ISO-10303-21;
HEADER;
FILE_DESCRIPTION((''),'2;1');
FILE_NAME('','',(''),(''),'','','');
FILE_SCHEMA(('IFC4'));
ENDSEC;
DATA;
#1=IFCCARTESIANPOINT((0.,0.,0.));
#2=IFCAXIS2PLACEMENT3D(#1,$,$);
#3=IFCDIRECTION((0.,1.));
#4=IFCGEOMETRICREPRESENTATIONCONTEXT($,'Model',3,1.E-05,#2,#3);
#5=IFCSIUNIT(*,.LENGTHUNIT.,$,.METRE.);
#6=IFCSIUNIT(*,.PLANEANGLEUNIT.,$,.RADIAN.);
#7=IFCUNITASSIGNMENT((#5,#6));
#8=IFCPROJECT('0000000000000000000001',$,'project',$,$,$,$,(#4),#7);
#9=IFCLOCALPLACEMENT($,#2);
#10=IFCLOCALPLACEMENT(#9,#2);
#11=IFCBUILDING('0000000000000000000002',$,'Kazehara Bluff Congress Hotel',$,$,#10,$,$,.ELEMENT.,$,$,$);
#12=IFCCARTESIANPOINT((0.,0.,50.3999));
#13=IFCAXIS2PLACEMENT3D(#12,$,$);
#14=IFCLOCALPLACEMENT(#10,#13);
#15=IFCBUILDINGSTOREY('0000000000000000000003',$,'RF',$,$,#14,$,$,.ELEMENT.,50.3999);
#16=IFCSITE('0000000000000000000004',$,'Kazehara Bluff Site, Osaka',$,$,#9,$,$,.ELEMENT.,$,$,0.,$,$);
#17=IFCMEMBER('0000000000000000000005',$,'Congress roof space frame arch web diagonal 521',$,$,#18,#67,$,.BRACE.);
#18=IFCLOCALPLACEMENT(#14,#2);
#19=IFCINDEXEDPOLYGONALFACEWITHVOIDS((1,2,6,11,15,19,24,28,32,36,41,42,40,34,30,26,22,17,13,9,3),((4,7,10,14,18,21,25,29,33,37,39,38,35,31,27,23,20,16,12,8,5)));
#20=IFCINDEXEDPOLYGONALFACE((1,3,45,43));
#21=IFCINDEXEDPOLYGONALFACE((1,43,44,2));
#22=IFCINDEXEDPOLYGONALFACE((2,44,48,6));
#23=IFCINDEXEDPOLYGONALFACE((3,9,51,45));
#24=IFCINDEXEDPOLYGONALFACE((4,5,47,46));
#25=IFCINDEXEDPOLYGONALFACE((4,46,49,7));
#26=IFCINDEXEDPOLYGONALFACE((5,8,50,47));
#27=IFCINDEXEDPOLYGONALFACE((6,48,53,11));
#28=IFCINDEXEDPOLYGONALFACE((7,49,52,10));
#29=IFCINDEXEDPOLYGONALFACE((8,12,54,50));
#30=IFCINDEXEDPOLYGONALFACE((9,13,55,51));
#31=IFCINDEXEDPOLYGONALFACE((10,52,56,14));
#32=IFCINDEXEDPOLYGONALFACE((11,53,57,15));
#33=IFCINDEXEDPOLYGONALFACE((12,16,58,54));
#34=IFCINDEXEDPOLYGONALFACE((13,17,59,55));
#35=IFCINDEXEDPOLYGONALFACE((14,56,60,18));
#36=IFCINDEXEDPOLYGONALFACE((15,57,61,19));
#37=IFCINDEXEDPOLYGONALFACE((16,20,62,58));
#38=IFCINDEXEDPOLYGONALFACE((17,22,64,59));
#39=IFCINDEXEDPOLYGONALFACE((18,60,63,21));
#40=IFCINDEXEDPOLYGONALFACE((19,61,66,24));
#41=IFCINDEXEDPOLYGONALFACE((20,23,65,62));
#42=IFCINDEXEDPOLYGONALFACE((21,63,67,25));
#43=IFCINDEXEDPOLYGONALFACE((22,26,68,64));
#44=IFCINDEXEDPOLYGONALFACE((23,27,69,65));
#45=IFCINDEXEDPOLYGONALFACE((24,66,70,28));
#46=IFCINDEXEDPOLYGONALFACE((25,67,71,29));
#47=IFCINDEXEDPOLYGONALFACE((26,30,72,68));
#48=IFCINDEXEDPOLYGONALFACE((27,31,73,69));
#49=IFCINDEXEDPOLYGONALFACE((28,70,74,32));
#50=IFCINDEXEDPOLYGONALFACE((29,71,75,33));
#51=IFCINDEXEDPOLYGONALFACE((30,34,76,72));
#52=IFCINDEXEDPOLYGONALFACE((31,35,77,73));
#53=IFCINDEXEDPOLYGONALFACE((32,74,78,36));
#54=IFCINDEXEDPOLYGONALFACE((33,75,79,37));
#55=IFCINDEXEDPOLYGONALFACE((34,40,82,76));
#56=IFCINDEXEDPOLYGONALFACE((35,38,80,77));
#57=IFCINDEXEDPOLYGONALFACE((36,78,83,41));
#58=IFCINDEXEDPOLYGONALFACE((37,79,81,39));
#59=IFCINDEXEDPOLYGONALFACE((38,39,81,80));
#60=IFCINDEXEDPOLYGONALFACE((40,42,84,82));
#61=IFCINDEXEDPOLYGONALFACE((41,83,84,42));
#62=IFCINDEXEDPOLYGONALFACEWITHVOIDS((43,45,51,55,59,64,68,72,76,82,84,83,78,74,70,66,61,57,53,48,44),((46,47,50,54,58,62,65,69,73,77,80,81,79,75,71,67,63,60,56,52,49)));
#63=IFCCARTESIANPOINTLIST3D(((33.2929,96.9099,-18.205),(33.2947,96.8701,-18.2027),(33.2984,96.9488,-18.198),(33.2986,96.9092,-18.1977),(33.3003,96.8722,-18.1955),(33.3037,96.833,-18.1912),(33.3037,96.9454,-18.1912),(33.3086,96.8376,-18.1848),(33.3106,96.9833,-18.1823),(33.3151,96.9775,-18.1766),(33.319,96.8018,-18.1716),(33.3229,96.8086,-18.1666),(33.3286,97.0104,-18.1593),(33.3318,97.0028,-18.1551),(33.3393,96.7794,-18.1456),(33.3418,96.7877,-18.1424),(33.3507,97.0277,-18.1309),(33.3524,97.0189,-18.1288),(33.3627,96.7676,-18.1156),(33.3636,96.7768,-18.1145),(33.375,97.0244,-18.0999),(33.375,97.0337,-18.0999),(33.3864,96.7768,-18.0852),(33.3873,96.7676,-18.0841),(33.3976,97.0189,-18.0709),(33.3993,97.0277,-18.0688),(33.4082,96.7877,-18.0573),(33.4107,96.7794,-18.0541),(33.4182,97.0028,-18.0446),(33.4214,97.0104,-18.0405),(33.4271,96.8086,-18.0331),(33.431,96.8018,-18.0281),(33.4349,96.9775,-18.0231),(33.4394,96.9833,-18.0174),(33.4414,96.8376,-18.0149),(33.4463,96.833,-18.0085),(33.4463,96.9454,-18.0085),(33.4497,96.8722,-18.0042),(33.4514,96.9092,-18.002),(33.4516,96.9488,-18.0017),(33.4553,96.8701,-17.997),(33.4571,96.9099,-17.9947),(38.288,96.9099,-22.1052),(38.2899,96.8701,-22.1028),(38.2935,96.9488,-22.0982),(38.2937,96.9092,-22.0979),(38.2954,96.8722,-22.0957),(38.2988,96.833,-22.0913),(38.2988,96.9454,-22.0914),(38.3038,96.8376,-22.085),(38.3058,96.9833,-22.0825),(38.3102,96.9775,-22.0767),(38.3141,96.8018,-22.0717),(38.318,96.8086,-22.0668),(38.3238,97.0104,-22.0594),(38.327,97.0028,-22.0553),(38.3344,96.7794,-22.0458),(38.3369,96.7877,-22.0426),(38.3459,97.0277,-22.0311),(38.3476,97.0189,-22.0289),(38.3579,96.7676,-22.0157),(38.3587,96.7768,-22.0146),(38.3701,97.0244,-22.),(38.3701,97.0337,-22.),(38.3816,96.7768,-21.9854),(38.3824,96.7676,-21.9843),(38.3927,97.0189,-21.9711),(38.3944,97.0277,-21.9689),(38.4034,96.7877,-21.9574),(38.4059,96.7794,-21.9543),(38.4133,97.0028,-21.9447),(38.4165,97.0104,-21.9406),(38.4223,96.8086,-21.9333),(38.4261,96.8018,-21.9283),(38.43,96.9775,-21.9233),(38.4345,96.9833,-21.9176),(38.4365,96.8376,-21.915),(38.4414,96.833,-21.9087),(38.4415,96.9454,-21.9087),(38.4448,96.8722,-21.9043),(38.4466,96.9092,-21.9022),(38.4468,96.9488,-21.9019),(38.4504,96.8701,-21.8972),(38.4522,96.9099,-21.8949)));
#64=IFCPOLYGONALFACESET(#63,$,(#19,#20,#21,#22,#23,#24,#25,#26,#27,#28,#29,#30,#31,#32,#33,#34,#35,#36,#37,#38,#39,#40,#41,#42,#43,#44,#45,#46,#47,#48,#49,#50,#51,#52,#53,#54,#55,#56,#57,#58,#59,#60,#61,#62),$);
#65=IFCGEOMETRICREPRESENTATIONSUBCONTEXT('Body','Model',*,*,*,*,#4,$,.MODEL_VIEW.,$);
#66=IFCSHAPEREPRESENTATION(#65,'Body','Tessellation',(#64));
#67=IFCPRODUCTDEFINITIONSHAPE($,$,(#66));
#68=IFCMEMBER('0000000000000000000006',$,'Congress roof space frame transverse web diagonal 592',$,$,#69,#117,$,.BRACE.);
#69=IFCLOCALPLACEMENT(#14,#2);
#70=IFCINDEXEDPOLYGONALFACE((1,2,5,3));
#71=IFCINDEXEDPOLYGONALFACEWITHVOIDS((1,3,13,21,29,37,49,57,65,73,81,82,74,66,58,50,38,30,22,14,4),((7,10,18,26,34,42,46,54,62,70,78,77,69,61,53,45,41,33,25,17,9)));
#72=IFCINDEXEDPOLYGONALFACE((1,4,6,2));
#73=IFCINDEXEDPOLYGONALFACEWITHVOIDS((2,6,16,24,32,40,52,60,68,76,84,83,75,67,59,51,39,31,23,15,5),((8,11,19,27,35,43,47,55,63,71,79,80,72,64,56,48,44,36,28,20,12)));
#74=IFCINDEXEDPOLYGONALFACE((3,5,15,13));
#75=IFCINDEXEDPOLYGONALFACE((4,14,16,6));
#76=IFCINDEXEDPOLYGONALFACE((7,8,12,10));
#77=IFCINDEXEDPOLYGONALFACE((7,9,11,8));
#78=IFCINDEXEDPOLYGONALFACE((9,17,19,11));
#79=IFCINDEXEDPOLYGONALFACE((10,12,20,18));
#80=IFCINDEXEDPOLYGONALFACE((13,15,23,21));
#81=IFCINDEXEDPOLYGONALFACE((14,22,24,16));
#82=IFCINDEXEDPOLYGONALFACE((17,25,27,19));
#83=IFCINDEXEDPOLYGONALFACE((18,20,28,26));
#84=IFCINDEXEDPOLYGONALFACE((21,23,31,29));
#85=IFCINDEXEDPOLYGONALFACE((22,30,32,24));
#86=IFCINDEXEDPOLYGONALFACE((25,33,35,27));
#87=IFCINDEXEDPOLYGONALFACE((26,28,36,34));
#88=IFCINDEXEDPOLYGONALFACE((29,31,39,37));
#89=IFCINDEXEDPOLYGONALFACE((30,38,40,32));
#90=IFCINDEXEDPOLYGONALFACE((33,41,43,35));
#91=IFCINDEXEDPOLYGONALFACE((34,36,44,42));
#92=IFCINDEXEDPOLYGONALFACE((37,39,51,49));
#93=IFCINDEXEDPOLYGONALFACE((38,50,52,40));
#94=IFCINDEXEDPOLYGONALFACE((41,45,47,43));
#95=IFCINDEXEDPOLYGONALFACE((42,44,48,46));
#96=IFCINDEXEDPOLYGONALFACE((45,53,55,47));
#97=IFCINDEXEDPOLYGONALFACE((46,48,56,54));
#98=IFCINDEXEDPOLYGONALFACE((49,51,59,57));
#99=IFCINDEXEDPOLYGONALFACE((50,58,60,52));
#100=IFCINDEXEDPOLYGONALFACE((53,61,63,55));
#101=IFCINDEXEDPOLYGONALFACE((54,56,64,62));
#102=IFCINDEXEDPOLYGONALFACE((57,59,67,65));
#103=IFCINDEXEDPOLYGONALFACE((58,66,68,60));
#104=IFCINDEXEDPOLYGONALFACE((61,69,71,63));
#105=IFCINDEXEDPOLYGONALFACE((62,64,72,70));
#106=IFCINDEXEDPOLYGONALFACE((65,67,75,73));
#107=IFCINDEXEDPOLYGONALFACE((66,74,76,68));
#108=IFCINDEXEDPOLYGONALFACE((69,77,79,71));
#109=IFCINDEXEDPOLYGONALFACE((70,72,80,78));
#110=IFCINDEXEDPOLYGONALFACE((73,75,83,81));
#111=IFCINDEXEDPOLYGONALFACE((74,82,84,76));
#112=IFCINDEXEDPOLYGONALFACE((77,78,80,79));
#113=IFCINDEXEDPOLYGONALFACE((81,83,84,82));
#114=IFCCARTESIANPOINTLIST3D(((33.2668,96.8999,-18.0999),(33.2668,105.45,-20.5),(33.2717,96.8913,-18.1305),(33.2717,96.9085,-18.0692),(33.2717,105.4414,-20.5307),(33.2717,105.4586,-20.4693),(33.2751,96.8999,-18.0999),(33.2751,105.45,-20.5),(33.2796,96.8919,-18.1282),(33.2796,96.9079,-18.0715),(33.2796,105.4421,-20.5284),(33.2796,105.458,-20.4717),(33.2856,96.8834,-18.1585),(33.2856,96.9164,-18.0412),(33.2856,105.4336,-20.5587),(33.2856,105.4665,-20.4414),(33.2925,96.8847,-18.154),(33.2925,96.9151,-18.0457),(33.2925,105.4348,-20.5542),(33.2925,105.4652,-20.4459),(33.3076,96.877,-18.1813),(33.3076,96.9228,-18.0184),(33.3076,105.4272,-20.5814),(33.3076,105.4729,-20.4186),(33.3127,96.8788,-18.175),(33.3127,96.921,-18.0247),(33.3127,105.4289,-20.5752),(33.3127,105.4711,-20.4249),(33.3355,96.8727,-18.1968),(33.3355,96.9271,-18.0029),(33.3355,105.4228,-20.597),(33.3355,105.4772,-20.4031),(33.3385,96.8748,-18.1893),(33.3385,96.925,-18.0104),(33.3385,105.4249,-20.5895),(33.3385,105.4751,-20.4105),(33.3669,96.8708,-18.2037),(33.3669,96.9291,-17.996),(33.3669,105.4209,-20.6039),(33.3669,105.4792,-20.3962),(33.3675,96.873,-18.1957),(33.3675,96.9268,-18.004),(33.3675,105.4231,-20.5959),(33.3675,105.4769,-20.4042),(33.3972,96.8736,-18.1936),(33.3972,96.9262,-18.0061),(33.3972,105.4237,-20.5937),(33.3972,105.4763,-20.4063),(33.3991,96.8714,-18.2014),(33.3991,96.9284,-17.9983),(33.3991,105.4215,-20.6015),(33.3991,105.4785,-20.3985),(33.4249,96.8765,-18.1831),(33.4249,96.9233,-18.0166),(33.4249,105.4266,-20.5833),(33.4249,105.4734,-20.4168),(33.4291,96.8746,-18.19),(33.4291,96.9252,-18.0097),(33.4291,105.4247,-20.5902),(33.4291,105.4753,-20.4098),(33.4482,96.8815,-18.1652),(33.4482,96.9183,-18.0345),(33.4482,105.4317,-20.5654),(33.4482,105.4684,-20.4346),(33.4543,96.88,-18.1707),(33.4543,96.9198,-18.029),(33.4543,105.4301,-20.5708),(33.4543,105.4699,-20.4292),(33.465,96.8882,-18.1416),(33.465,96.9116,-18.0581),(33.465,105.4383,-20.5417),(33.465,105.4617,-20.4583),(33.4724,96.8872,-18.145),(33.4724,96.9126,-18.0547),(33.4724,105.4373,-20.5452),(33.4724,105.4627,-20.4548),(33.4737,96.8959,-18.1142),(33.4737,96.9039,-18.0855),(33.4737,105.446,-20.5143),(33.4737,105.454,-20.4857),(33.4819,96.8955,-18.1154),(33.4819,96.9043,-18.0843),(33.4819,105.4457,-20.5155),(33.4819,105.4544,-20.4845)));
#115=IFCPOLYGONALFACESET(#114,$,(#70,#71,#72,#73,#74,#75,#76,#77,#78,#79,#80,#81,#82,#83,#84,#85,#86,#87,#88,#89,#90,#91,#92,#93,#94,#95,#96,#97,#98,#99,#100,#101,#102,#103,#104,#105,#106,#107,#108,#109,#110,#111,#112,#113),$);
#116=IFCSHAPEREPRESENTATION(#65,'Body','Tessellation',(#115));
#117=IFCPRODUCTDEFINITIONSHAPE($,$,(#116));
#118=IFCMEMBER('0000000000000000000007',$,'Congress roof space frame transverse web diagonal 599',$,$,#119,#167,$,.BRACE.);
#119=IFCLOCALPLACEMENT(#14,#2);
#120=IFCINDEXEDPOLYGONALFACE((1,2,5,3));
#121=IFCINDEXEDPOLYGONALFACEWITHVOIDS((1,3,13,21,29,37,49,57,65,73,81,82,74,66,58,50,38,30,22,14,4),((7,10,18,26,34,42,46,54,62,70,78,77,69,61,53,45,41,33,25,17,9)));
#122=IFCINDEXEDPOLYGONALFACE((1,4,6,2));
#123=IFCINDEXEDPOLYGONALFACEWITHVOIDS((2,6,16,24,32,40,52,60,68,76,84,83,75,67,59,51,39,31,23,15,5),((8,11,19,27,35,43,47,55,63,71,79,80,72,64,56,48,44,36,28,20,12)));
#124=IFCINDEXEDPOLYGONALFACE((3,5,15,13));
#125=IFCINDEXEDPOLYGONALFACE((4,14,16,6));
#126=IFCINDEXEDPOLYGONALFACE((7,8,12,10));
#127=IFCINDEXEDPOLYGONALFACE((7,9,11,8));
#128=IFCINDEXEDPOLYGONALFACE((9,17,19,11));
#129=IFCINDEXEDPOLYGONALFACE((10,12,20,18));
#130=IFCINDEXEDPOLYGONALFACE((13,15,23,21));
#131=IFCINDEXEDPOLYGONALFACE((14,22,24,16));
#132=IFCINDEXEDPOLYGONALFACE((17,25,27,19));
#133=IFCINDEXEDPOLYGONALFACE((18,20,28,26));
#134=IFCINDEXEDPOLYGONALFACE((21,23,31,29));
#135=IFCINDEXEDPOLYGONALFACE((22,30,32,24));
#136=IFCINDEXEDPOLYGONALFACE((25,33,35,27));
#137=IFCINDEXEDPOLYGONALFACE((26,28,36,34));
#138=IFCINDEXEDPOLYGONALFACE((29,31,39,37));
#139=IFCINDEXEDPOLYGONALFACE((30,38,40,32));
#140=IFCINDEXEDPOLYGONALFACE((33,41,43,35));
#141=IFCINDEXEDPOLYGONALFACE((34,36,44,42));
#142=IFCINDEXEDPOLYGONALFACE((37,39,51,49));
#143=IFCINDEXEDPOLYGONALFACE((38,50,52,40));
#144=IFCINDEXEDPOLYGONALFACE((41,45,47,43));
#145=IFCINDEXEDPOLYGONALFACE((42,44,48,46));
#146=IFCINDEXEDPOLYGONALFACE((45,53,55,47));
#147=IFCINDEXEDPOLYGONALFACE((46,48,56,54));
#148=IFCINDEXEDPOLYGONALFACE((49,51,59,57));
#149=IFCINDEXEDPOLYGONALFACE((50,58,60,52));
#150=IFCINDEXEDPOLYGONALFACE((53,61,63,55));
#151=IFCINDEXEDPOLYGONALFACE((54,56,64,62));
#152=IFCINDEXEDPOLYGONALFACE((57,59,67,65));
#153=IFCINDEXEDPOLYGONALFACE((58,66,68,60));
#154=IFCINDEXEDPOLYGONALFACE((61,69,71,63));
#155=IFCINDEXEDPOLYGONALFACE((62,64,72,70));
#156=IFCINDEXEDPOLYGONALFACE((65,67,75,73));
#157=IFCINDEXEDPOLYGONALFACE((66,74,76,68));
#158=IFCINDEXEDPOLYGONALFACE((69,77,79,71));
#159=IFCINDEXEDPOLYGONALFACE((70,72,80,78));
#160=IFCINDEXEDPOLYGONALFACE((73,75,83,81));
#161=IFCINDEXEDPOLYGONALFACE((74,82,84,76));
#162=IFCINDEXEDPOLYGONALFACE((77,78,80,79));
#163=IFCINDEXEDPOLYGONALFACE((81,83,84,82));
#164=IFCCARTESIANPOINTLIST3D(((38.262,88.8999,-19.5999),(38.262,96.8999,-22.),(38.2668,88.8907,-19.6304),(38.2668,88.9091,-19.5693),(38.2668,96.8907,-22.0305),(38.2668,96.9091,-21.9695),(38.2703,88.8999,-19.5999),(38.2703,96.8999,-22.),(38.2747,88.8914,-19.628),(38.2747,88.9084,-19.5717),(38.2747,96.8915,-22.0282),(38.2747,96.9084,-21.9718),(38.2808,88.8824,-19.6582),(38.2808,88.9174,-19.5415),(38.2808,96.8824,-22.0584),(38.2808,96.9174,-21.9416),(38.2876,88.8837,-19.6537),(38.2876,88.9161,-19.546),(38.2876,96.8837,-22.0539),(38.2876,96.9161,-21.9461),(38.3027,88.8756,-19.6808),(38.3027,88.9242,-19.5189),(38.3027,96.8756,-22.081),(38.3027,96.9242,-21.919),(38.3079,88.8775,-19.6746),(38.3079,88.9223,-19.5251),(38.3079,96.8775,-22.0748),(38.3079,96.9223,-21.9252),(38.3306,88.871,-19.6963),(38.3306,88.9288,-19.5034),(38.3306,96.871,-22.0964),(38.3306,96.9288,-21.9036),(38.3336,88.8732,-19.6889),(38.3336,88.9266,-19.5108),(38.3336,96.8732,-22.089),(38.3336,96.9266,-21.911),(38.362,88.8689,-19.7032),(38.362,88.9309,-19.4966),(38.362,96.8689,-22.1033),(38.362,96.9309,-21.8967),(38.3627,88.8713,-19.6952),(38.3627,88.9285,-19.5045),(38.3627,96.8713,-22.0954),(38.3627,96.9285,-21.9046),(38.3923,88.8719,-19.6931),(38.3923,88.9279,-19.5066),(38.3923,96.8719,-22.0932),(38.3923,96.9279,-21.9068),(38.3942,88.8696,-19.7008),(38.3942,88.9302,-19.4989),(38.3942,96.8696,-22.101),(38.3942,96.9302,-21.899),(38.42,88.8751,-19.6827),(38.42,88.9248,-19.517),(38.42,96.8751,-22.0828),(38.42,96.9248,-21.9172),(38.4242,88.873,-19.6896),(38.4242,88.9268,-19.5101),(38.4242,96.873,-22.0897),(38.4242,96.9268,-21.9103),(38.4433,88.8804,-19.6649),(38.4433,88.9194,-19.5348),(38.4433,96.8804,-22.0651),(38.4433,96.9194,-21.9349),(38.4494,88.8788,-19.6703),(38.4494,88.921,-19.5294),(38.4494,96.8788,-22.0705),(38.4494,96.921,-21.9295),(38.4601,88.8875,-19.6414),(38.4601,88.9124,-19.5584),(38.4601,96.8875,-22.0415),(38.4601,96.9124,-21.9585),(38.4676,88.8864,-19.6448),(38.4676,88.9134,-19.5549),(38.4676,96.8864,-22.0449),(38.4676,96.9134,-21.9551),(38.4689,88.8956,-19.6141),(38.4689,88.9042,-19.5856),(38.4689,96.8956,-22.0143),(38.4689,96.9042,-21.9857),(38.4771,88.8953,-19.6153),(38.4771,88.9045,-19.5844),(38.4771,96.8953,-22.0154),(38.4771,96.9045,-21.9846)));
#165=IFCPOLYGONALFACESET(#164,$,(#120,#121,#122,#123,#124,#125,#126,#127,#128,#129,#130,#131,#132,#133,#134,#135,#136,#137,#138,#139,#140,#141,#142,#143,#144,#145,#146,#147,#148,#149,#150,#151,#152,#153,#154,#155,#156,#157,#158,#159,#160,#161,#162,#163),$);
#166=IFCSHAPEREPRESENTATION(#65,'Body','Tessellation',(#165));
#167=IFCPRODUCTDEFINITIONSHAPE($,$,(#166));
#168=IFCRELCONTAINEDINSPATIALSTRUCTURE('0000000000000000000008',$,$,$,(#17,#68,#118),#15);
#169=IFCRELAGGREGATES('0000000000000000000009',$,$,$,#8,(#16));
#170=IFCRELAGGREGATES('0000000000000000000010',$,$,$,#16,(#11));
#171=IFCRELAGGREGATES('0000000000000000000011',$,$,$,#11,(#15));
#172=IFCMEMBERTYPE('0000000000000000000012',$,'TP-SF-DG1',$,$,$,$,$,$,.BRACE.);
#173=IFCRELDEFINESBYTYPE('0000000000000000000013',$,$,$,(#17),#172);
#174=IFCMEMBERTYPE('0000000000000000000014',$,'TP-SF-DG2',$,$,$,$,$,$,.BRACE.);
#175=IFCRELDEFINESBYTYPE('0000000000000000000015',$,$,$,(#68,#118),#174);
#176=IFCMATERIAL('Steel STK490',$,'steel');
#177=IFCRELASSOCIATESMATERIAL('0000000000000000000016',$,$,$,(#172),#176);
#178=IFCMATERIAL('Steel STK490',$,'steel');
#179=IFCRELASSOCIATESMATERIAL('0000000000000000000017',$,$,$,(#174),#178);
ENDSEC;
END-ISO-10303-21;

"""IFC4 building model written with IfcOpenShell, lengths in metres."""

from ifc_helpers import new_model, si_unit, direction, frame, origin, origin_2d, place, context, subcontext, project, spatial, hollow_circle, extrude, material, material_profile, profile_set, type_object, element, save


model = new_model("IFC4")

# Units and contexts
model_context = context("Model", 3, precision=1e-05, world=origin(), true_north=direction((0.0, 1.0)))
body_context = subcontext(model_context, "Body", "Model", "MODEL_VIEW")
ifc_project = project(units=[si_unit("LENGTHUNIT", "METRE"), si_unit("PLANEANGLEUNIT", "RADIAN")], contexts=[model_context])

# Site, building, storey
site_placement = place(None, origin())
site = spatial("IfcSite", under=ifc_project, at=site_placement, Name="Kazehara Bluff Site, Osaka", CompositionType="ELEMENT", RefElevation=0.0)
building_placement = place(site_placement, origin())
building = spatial("IfcBuilding", under=site, at=building_placement, Name="Kazehara Bluff Congress Hotel", CompositionType="ELEMENT")
storey_placement = place(building_placement, frame((0.0, 0.0, 50.3999)))
storey = spatial("IfcBuildingStorey", under=building, at=storey_placement, Name="RF", CompositionType="ELEMENT", Elevation=50.3999)

# Members
ifc_material_1 = material(Name="Steel STK490", Category="steel")
ifc_material_profile_1 = material_profile(ifc_material_1, hollow_circle(Radius=0.1338, WallThickness=0.0093, at=origin_2d()))
ifc_profile_set_1 = profile_set([ifc_material_profile_1], Name="Steel STK490")
member_type_1 = type_object("IfcMemberType", Name="TP-SF-DG1", PredefinedType="BRACE", material=ifc_profile_set_1)
member_1_placement = place(storey_placement, frame((33.375, 96.8999, -18.0999), z_axis=(0.7882, 0.0, -0.61542), x_axis=(0.0, 1.0, 0.0)))
element("IfcMember", 1, at=member_1_placement, inside=storey, type_object=member_type_1, Name="Congress roof space frame arch web diagonal 521", PredefinedType="BRACE", context=body_context, shape_type="SweptSolid", body=[
    extrude(hollow_circle(Radius=0.1338, WallThickness=0.0093, at=origin_2d()), origin(), (0.0, 0.0, 1.0), 6.3374),
])
ifc_material_2 = material(Name="Steel STK490", Category="steel")
ifc_material_profile_2 = material_profile(ifc_material_2, hollow_circle(Radius=0.1082, WallThickness=0.0083, at=origin_2d()))
ifc_profile_set_2 = profile_set([ifc_material_profile_2], Name="Steel STK490")
member_type_2 = type_object("IfcMemberType", Name="TP-SF-DG2", PredefinedType="BRACE", material=ifc_profile_set_2)
member_2_placement = place(storey_placement, frame((33.375, 96.8999, -18.0999), z_axis=(0.0, 0.962784, -0.27027), x_axis=(-1.0, 0.0, 0.0)))
element("IfcMember", 2, at=member_2_placement, inside=storey, type_object=member_type_2, Name="Congress roof space frame transverse web diagonal 592", PredefinedType="BRACE", context=body_context, shape_type="SweptSolid", body=[
    extrude(hollow_circle(Radius=0.1082, WallThickness=0.0083, at=origin_2d()), origin(), (0.0, 0.0, 1.0), 8.8806),
])
for number, where, z_axis, x_axis, name in (
    (3, (38.3701, 88.8999, -19.5999), (0.0, 0.957821, -0.287364), (-1.0, 0.0, 0.0), "Congress roof space frame transverse web diagonal 599"),
):
    element("IfcMember", number, at=place(storey_placement, frame(where, z_axis=z_axis, x_axis=x_axis)), inside=storey, type_object=member_type_2, Name=name, PredefinedType="BRACE", context=body_context, shape_type="SweptSolid", body=[
        extrude(hollow_circle(Radius=0.1082, WallThickness=0.0083, at=origin_2d()), origin(), (0.0, 0.0, 1.0), 8.3523),
    ])

save(model, "model.ifc")
